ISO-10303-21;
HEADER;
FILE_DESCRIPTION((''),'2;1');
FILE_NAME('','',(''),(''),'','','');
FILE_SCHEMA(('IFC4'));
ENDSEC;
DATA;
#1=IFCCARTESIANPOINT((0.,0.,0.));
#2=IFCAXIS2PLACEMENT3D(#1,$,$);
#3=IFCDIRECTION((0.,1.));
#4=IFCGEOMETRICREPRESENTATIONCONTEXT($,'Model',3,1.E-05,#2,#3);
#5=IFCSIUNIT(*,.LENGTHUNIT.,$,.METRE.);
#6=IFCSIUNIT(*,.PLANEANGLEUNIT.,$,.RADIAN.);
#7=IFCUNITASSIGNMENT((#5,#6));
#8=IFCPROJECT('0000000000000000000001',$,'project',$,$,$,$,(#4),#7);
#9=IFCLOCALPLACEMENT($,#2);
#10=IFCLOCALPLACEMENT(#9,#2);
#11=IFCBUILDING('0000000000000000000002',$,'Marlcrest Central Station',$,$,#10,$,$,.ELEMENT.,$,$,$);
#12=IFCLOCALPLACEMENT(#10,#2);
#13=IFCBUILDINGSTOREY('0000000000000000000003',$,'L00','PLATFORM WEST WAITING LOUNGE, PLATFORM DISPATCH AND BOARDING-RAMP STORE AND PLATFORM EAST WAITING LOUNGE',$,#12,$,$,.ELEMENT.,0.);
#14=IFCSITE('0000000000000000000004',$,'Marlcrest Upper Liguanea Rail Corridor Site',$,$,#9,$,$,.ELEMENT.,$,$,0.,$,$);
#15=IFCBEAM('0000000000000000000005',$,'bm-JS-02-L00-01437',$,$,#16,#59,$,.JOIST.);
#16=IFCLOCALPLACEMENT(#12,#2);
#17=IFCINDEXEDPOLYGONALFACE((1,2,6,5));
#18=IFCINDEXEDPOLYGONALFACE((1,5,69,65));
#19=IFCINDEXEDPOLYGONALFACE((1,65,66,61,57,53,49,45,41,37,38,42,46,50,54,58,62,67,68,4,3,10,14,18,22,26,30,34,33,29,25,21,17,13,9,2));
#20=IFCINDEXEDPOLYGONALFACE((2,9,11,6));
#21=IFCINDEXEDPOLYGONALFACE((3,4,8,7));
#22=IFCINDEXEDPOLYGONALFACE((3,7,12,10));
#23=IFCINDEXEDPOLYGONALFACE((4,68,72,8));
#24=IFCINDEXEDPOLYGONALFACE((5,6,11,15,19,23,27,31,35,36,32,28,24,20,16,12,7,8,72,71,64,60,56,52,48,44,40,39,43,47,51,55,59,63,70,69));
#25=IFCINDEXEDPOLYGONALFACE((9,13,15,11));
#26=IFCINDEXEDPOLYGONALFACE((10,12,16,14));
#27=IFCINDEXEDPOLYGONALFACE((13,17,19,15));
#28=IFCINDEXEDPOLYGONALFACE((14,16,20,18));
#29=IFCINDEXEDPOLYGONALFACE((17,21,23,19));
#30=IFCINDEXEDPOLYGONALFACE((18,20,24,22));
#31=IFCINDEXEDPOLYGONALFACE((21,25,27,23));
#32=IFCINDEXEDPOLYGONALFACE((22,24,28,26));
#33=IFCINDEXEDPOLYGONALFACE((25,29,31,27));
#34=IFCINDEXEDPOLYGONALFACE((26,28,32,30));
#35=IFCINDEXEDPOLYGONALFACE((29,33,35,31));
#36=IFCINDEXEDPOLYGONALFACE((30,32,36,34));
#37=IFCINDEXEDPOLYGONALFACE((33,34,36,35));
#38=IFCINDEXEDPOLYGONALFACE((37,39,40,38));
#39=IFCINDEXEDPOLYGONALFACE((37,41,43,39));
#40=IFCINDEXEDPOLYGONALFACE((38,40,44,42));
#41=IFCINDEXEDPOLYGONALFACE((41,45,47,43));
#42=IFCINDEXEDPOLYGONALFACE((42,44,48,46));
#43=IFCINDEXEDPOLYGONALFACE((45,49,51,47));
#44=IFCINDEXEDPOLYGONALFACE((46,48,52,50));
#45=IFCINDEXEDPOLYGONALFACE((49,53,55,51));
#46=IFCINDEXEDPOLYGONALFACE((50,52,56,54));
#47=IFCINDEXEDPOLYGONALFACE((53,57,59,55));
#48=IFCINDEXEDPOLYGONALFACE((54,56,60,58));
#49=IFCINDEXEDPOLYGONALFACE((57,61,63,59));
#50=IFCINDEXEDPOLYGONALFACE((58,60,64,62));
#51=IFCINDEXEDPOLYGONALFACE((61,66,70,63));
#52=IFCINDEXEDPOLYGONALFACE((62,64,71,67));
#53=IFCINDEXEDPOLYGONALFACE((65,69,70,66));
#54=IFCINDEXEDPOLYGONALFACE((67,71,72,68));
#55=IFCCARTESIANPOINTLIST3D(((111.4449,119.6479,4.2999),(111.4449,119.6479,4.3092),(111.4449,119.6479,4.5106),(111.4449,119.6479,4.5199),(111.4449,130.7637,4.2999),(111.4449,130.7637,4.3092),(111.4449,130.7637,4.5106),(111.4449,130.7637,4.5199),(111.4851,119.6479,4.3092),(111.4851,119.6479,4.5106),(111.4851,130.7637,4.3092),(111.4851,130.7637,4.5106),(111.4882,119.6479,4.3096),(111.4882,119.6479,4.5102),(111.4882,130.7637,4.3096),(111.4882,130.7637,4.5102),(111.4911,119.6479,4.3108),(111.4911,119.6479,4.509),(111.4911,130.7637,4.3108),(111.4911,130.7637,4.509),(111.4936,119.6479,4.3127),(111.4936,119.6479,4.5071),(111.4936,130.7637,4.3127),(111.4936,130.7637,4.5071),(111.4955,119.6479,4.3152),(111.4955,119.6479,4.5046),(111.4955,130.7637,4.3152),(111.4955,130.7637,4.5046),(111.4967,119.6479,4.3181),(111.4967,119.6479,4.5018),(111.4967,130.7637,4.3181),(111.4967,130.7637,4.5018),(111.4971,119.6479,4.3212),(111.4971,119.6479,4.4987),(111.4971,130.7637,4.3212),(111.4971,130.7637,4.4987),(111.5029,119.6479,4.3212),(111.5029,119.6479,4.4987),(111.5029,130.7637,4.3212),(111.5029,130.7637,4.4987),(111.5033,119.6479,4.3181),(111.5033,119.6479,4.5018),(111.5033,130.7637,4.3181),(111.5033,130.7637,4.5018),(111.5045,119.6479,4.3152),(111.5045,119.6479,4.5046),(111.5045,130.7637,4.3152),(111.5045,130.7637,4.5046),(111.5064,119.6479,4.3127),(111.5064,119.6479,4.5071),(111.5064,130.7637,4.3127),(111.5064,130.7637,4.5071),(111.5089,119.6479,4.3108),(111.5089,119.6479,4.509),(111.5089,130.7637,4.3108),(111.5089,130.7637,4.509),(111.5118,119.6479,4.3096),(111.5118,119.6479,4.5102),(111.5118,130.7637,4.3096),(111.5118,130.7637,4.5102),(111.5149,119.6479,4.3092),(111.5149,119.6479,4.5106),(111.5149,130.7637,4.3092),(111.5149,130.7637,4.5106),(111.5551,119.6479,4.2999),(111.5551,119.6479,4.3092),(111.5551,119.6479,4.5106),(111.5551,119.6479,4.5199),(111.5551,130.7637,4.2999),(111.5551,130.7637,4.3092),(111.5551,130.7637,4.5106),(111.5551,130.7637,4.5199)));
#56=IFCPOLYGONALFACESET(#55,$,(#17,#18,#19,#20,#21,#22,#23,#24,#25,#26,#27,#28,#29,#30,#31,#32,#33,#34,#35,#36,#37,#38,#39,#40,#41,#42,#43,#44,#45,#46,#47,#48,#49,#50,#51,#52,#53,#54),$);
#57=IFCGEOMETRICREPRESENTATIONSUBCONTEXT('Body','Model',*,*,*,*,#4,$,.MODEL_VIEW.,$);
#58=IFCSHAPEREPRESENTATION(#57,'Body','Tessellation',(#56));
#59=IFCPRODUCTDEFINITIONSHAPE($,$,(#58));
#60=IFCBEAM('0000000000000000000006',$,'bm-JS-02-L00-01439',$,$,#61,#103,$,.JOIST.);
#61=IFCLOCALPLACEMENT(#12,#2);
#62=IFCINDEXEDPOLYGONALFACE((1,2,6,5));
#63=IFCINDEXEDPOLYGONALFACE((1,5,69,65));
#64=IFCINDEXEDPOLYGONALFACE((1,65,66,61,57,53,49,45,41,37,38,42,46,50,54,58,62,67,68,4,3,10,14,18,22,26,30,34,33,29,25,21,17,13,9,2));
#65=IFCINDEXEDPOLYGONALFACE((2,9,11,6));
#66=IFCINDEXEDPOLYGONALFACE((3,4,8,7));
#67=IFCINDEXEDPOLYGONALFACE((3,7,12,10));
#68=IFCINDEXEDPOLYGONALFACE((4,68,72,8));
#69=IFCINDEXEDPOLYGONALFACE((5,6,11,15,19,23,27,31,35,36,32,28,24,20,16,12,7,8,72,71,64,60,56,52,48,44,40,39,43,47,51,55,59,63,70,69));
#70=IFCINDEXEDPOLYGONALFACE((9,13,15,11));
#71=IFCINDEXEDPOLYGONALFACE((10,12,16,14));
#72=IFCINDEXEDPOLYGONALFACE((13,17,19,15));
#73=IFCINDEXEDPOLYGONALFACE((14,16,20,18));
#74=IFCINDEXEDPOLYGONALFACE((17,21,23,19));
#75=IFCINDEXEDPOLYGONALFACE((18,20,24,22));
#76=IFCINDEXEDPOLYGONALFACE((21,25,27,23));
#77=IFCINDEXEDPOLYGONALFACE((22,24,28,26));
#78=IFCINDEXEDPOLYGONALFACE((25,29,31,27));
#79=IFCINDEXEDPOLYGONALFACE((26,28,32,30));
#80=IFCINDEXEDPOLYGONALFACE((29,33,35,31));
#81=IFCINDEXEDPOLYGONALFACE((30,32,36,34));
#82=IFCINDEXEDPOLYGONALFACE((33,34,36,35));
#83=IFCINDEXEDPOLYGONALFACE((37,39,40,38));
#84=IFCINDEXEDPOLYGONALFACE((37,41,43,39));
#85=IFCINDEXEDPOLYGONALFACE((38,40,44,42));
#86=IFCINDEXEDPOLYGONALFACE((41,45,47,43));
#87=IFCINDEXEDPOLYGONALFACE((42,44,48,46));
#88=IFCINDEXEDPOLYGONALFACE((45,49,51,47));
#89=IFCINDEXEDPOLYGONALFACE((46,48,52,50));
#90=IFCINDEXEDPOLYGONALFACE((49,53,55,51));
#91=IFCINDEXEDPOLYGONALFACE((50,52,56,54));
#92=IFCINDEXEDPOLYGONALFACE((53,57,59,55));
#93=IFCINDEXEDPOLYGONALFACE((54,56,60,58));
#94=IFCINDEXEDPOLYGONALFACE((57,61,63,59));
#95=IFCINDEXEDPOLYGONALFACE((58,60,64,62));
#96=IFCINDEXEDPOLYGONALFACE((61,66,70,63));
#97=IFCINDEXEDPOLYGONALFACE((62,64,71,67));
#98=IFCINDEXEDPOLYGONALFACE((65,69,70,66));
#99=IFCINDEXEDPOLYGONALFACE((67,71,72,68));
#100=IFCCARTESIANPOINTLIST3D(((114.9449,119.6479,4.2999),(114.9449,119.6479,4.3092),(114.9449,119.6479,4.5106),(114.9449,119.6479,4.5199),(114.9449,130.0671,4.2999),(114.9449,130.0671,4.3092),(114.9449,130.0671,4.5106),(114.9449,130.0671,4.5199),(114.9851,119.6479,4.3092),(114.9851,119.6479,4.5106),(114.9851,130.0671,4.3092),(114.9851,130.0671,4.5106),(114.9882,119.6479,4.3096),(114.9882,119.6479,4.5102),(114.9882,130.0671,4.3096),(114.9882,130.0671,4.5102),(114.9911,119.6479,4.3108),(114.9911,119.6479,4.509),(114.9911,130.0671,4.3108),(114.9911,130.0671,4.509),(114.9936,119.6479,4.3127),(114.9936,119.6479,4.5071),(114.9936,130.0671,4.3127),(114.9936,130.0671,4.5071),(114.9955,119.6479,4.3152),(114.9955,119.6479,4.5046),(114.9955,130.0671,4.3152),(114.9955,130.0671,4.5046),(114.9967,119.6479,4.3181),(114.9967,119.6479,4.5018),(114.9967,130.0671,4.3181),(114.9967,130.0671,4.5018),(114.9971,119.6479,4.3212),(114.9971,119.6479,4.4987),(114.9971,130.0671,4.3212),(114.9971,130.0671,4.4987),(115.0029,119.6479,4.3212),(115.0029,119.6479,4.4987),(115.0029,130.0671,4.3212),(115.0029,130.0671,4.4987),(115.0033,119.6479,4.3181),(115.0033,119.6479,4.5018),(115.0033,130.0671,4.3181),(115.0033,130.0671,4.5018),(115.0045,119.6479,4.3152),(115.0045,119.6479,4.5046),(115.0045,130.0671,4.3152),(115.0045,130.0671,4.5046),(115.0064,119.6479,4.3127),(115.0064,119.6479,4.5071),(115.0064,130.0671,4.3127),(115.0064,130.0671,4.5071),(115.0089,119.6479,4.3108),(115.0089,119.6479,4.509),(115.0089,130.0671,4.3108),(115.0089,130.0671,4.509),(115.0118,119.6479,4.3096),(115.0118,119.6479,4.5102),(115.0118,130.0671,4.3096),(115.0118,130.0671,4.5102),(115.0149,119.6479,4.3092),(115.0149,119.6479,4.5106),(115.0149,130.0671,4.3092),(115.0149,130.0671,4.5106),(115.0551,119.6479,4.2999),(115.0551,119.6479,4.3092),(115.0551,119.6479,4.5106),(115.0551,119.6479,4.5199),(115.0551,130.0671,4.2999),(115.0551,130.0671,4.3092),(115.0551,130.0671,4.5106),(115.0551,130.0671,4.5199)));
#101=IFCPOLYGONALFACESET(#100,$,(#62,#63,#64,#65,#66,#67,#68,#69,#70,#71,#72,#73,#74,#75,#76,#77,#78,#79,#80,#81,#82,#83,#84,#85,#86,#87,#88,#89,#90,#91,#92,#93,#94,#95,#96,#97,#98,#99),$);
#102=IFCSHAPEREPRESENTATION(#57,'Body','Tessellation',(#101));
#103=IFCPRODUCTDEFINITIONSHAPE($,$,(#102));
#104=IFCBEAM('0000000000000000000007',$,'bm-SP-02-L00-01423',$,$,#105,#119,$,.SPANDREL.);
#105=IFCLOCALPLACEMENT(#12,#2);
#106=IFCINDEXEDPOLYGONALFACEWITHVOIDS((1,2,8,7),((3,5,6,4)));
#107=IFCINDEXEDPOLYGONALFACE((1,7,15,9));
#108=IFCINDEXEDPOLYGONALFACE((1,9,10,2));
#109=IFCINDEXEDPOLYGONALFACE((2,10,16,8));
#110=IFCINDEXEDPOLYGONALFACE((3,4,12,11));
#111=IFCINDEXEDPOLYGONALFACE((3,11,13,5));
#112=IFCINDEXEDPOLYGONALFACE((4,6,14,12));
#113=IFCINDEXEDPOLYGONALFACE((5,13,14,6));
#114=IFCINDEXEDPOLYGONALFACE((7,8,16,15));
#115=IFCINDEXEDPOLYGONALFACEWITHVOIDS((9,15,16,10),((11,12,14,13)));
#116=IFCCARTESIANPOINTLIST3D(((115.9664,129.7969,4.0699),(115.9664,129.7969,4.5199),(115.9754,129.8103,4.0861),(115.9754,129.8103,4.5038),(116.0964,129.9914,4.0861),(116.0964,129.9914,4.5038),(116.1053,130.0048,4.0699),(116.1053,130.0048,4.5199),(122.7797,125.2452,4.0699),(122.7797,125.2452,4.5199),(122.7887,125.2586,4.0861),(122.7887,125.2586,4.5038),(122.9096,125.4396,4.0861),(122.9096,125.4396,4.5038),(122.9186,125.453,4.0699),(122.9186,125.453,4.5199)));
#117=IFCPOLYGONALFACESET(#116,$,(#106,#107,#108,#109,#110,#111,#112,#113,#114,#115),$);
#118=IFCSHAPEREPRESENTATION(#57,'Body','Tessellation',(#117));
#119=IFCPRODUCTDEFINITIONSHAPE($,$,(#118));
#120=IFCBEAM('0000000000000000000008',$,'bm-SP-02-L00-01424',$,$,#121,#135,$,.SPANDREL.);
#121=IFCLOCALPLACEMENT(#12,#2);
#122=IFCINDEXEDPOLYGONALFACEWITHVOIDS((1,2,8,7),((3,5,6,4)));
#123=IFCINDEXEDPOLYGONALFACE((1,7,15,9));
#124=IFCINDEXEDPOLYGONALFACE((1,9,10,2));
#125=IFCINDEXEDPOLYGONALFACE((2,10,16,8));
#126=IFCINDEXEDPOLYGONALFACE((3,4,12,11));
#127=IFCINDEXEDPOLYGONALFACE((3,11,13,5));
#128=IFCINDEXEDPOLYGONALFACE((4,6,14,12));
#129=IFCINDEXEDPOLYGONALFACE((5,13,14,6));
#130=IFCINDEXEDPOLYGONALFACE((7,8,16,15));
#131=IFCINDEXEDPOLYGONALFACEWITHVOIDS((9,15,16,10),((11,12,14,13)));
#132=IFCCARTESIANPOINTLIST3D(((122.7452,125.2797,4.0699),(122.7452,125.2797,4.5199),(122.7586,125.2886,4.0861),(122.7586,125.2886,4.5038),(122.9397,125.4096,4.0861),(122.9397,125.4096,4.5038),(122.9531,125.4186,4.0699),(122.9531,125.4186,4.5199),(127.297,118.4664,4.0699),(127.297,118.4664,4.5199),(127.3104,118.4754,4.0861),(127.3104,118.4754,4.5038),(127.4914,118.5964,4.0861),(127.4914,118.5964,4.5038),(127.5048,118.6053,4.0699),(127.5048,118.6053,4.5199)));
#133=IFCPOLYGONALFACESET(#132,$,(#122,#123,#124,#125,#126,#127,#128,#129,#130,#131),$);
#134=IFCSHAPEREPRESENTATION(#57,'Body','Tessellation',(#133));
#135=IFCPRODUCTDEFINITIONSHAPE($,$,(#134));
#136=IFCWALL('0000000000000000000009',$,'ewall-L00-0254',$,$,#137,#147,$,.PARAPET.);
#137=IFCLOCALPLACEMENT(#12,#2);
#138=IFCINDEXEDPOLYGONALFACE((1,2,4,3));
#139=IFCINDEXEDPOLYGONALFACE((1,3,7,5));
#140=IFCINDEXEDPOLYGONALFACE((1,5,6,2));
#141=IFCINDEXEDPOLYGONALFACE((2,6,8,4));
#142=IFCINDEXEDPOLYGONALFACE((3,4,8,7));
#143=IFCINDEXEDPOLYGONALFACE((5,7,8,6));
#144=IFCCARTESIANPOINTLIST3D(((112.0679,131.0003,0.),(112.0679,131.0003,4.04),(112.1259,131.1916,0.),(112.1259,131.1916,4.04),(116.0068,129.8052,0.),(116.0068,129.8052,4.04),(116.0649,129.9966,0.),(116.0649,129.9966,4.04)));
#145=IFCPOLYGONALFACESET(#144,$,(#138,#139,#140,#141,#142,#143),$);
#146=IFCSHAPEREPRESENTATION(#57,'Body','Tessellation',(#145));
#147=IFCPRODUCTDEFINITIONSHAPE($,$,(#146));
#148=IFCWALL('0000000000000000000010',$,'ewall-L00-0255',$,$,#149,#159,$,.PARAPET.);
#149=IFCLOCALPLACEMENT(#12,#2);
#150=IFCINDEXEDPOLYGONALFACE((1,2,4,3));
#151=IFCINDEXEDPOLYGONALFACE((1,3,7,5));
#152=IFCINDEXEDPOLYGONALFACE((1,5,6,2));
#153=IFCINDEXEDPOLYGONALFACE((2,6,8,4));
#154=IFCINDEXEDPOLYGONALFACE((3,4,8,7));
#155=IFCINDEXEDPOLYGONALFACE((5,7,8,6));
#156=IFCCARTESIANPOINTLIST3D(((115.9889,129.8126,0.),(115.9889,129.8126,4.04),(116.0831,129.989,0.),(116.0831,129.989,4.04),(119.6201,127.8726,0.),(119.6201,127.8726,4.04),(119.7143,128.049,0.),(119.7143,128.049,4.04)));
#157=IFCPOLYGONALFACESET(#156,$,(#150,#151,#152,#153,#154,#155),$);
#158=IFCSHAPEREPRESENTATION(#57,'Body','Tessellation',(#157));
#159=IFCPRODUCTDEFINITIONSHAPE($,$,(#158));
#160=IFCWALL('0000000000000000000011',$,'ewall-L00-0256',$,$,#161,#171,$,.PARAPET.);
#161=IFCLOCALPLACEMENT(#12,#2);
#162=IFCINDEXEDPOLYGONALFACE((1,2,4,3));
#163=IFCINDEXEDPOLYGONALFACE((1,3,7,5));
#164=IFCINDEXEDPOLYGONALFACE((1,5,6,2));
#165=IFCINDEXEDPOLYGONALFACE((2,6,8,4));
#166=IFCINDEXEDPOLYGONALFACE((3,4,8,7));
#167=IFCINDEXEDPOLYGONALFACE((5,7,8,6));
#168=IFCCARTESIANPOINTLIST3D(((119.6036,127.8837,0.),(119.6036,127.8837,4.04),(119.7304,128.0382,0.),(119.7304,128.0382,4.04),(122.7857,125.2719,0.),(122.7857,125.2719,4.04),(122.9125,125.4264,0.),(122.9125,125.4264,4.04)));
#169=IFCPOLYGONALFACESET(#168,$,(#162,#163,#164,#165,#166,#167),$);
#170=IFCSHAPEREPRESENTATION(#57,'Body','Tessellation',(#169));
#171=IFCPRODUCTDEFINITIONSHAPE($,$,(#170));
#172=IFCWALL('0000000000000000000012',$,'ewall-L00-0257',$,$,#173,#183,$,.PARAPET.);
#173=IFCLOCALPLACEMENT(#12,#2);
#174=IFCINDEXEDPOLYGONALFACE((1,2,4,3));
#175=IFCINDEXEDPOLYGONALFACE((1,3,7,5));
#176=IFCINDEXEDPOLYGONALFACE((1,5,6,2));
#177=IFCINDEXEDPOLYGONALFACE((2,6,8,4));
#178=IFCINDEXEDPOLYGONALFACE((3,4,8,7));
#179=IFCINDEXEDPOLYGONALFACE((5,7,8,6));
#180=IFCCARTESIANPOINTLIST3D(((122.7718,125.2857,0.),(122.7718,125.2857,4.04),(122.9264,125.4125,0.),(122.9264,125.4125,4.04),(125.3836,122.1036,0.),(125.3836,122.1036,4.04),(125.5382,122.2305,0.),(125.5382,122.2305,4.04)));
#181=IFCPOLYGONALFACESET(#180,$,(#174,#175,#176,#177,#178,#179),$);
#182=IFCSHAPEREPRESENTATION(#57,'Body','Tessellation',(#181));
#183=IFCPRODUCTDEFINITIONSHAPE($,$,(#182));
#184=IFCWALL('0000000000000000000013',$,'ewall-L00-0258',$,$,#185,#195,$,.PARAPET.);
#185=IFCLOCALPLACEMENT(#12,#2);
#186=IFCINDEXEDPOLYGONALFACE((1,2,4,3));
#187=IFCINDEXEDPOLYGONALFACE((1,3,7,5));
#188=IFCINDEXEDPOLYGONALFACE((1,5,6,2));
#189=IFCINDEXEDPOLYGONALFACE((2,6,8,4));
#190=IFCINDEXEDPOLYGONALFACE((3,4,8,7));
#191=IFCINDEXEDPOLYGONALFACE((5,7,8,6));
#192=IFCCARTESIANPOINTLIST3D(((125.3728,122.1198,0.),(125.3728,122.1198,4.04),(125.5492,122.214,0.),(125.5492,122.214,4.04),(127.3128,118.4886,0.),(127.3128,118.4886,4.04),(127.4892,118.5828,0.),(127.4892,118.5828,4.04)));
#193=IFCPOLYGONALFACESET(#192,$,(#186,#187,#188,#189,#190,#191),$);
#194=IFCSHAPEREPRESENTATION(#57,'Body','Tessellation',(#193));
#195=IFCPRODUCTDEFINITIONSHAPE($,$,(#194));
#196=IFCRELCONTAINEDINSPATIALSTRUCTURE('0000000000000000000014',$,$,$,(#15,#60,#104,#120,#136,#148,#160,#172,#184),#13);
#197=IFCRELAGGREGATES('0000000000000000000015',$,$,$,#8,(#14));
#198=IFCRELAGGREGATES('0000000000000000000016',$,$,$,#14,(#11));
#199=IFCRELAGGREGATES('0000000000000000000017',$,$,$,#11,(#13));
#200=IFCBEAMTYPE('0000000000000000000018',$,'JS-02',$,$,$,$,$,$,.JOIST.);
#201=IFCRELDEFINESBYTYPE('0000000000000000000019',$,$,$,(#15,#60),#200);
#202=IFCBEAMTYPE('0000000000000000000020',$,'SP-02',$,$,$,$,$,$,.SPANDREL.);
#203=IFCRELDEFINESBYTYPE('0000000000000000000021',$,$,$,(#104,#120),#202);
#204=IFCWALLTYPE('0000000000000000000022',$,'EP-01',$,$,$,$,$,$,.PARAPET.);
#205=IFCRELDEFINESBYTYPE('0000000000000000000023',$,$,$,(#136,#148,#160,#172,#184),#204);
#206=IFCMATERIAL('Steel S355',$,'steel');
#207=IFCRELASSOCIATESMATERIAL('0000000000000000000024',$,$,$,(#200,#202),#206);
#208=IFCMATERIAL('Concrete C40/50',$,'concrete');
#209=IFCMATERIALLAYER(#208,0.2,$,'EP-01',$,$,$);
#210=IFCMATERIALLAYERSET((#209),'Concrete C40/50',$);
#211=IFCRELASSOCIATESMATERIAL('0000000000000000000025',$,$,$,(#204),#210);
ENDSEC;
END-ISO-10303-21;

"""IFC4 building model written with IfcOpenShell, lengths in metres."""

from ifc_helpers import new_model, si_unit, direction, frame, frame_2d, origin, origin_2d, place, context, subcontext, project, spatial, rectangle, hollow_rectangle, i_section, extrude, material, layer, layer_set, material_profile, profile_set, type_object, element, save


model = new_model("IFC4")

# Units and contexts
model_context = context("Model", 3, precision=1e-05, world=origin(), true_north=direction((0.0, 1.0)))
body_context = subcontext(model_context, "Body", "Model", "MODEL_VIEW")
ifc_project = project(units=[si_unit("LENGTHUNIT", "METRE"), si_unit("PLANEANGLEUNIT", "RADIAN")], contexts=[model_context])

# Site, building, storey
site_placement = place(None, origin())
site = spatial("IfcSite", under=ifc_project, at=site_placement, Name="Marlcrest Upper Liguanea Rail Corridor Site", CompositionType="ELEMENT", RefElevation=0.0)
building_placement = place(site_placement, origin())
building = spatial("IfcBuilding", under=site, at=building_placement, Name="Marlcrest Central Station", CompositionType="ELEMENT")
storey_placement = place(building_placement, origin())
storey = spatial("IfcBuildingStorey", under=building, at=storey_placement, Name="L00", Description="PLATFORM WEST WAITING LOUNGE, PLATFORM DISPATCH AND BOARDING-RAMP STORE AND PLATFORM EAST WAITING LOUNGE", CompositionType="ELEMENT", Elevation=0.0)

# Shared definitions
ifc_material_1 = material(Name="Concrete C40/50", Category="concrete")

# Shared definitions
ifc_material_2 = material(Name="Steel S355", Category="steel")

# Beams
ifc_material_profile_1 = material_profile(ifc_material_2, i_section(OverallWidth=0.1101, OverallDepth=0.22, WebThickness=0.0059, FlangeThickness=0.0093, FilletRadius=0.012, at=origin_2d()), Name="IPE 220")
ifc_profile_set_1 = profile_set([ifc_material_profile_1], Name="Steel S355")
beam_type_1 = type_object("IfcBeamType", Name="JS-02", PredefinedType="JOIST", material=ifc_profile_set_1)
beam_1_placement = place(storey_placement, frame((111.5, 119.6479, 4.4099), z_axis=(0.0, 1.0, 0.0), x_axis=(-1.0, 0.0, 0.0)))
element("IfcBeam", 1, at=beam_1_placement, inside=storey, type_object=beam_type_1, Name="bm-JS-02-L00-01437", PredefinedType="JOIST", context=body_context, shape_type="SweptSolid", body=[
    extrude(i_section(OverallWidth=0.1101, OverallDepth=0.22, WebThickness=0.0059, FlangeThickness=0.0093, FilletRadius=0.012, at=origin_2d()), origin(), (0.0, 0.0, 1.0), 11.1157),
])
beam_2_placement = place(storey_placement, frame((115.0, 119.6479, 4.4099), z_axis=(0.0, 1.0, 0.0), x_axis=(-1.0, 0.0, 0.0)))
element("IfcBeam", 2, at=beam_2_placement, inside=storey, type_object=beam_type_1, Name="bm-JS-02-L00-01439", PredefinedType="JOIST", context=body_context, shape_type="SweptSolid", body=[
    extrude(i_section(OverallWidth=0.1101, OverallDepth=0.22, WebThickness=0.0059, FlangeThickness=0.0093, FilletRadius=0.012, at=origin_2d()), origin(), (0.0, 0.0, 1.0), 10.4192),
])
ifc_material_profile_2 = material_profile(ifc_material_2, hollow_rectangle(XDim=0.25, YDim=0.45, WallThickness=0.0161, at=origin_2d()), Name="RHS 450x250x16")
ifc_profile_set_2 = profile_set([ifc_material_profile_2], Name="Steel S355")
beam_type_2 = type_object("IfcBeamType", Name="SP-02", PredefinedType="SPANDREL", material=ifc_profile_set_2)
for number, where, z_axis, x_axis, name in (
    (3, (116.0359, 129.9009, 4.2949), (0.831509, -0.555511, 0.0), (0.555511, 0.831509, 0.0), "bm-SP-02-L00-01423"),
    (4, (122.8491, 125.3491, 4.2949), (0.555511, -0.831509, 0.0), (0.831509, 0.555511, 0.0), "bm-SP-02-L00-01424"),
):
    element("IfcBeam", number, at=place(storey_placement, frame(where, z_axis=z_axis, x_axis=x_axis)), inside=storey, type_object=beam_type_2, Name=name, PredefinedType="SPANDREL", context=body_context, shape_type="SweptSolid", body=[
        extrude(hollow_rectangle(XDim=0.25, YDim=0.45, WallThickness=0.0161, at=origin_2d()), origin(), (0.0, 0.0, 1.0), 8.1938),
    ])

# Walls
ifc_layer = layer(ifc_material_1, 0.2, Name="EP-01")
ifc_layer_set = layer_set([ifc_layer], Name="Concrete C40/50")
wall_type = type_object("IfcWallType", Name="EP-01", PredefinedType="PARAPET", material=ifc_layer_set)
wall_1_placement = place(storey_placement, frame((112.0969, 131.0959, 0.0), z_axis=(0.0, 0.0, 1.0), x_axis=(0.956927, -0.290328, 0.0)))
element("IfcWall", 5, at=wall_1_placement, inside=storey, type_object=wall_type, Name="ewall-L00-0254", PredefinedType="PARAPET", context=body_context, shape_type="SweptSolid", body=[
    extrude(rectangle(XDim=4.1162, YDim=0.2, at=frame_2d((2.0581, 0.0))), origin(), (0.0, 0.0, 1.0), 4.04),
])
wall_2_placement = place(storey_placement, frame((116.0359, 129.9009, 0.0), z_axis=(0.0, 0.0, 1.0), x_axis=(0.882015, -0.471222, 0.0)))
element("IfcWall", 6, at=wall_2_placement, inside=storey, type_object=wall_type, Name="ewall-L00-0255", PredefinedType="PARAPET", context=body_context, shape_type="SweptSolid", body=[
    extrude(rectangle(XDim=4.1169, YDim=0.2, at=frame_2d((2.0586, 0.0))), origin(), (0.0, 0.0, 1.0), 4.04),
])
for number, where, z_axis, x_axis, name in (
    (7, (119.667, 127.9609, 0.0), (0.0, 0.0, 1.0), (0.772973, -0.634438, 0.0), "ewall-L00-0256"),
    (8, (122.8491, 125.3491, 0.0), (0.0, 0.0, 1.0), (0.634438, -0.772973, 0.0), "ewall-L00-0257"),
):
    element("IfcWall", number, at=place(storey_placement, frame(where, z_axis=z_axis, x_axis=x_axis)), inside=storey, type_object=wall_type, Name=name, PredefinedType="PARAPET", context=body_context, shape_type="SweptSolid", body=[
        extrude(rectangle(XDim=4.1167, YDim=0.2, at=frame_2d((2.0583, 0.0))), origin(), (0.0, 0.0, 1.0), 4.04),
    ])
wall_3_placement = place(storey_placement, frame((125.4609, 122.167, 0.0), z_axis=(0.0, 0.0, 1.0), x_axis=(0.471222, -0.882015, 0.0)))
element("IfcWall", 9, at=wall_3_placement, inside=storey, type_object=wall_type, Name="ewall-L00-0258", PredefinedType="PARAPET", context=body_context, shape_type="SweptSolid", body=[
    extrude(rectangle(XDim=4.1169, YDim=0.2, at=frame_2d((2.0586, 0.0))), origin(), (0.0, 0.0, 1.0), 4.04),
])

save(model, "model.ifc")
